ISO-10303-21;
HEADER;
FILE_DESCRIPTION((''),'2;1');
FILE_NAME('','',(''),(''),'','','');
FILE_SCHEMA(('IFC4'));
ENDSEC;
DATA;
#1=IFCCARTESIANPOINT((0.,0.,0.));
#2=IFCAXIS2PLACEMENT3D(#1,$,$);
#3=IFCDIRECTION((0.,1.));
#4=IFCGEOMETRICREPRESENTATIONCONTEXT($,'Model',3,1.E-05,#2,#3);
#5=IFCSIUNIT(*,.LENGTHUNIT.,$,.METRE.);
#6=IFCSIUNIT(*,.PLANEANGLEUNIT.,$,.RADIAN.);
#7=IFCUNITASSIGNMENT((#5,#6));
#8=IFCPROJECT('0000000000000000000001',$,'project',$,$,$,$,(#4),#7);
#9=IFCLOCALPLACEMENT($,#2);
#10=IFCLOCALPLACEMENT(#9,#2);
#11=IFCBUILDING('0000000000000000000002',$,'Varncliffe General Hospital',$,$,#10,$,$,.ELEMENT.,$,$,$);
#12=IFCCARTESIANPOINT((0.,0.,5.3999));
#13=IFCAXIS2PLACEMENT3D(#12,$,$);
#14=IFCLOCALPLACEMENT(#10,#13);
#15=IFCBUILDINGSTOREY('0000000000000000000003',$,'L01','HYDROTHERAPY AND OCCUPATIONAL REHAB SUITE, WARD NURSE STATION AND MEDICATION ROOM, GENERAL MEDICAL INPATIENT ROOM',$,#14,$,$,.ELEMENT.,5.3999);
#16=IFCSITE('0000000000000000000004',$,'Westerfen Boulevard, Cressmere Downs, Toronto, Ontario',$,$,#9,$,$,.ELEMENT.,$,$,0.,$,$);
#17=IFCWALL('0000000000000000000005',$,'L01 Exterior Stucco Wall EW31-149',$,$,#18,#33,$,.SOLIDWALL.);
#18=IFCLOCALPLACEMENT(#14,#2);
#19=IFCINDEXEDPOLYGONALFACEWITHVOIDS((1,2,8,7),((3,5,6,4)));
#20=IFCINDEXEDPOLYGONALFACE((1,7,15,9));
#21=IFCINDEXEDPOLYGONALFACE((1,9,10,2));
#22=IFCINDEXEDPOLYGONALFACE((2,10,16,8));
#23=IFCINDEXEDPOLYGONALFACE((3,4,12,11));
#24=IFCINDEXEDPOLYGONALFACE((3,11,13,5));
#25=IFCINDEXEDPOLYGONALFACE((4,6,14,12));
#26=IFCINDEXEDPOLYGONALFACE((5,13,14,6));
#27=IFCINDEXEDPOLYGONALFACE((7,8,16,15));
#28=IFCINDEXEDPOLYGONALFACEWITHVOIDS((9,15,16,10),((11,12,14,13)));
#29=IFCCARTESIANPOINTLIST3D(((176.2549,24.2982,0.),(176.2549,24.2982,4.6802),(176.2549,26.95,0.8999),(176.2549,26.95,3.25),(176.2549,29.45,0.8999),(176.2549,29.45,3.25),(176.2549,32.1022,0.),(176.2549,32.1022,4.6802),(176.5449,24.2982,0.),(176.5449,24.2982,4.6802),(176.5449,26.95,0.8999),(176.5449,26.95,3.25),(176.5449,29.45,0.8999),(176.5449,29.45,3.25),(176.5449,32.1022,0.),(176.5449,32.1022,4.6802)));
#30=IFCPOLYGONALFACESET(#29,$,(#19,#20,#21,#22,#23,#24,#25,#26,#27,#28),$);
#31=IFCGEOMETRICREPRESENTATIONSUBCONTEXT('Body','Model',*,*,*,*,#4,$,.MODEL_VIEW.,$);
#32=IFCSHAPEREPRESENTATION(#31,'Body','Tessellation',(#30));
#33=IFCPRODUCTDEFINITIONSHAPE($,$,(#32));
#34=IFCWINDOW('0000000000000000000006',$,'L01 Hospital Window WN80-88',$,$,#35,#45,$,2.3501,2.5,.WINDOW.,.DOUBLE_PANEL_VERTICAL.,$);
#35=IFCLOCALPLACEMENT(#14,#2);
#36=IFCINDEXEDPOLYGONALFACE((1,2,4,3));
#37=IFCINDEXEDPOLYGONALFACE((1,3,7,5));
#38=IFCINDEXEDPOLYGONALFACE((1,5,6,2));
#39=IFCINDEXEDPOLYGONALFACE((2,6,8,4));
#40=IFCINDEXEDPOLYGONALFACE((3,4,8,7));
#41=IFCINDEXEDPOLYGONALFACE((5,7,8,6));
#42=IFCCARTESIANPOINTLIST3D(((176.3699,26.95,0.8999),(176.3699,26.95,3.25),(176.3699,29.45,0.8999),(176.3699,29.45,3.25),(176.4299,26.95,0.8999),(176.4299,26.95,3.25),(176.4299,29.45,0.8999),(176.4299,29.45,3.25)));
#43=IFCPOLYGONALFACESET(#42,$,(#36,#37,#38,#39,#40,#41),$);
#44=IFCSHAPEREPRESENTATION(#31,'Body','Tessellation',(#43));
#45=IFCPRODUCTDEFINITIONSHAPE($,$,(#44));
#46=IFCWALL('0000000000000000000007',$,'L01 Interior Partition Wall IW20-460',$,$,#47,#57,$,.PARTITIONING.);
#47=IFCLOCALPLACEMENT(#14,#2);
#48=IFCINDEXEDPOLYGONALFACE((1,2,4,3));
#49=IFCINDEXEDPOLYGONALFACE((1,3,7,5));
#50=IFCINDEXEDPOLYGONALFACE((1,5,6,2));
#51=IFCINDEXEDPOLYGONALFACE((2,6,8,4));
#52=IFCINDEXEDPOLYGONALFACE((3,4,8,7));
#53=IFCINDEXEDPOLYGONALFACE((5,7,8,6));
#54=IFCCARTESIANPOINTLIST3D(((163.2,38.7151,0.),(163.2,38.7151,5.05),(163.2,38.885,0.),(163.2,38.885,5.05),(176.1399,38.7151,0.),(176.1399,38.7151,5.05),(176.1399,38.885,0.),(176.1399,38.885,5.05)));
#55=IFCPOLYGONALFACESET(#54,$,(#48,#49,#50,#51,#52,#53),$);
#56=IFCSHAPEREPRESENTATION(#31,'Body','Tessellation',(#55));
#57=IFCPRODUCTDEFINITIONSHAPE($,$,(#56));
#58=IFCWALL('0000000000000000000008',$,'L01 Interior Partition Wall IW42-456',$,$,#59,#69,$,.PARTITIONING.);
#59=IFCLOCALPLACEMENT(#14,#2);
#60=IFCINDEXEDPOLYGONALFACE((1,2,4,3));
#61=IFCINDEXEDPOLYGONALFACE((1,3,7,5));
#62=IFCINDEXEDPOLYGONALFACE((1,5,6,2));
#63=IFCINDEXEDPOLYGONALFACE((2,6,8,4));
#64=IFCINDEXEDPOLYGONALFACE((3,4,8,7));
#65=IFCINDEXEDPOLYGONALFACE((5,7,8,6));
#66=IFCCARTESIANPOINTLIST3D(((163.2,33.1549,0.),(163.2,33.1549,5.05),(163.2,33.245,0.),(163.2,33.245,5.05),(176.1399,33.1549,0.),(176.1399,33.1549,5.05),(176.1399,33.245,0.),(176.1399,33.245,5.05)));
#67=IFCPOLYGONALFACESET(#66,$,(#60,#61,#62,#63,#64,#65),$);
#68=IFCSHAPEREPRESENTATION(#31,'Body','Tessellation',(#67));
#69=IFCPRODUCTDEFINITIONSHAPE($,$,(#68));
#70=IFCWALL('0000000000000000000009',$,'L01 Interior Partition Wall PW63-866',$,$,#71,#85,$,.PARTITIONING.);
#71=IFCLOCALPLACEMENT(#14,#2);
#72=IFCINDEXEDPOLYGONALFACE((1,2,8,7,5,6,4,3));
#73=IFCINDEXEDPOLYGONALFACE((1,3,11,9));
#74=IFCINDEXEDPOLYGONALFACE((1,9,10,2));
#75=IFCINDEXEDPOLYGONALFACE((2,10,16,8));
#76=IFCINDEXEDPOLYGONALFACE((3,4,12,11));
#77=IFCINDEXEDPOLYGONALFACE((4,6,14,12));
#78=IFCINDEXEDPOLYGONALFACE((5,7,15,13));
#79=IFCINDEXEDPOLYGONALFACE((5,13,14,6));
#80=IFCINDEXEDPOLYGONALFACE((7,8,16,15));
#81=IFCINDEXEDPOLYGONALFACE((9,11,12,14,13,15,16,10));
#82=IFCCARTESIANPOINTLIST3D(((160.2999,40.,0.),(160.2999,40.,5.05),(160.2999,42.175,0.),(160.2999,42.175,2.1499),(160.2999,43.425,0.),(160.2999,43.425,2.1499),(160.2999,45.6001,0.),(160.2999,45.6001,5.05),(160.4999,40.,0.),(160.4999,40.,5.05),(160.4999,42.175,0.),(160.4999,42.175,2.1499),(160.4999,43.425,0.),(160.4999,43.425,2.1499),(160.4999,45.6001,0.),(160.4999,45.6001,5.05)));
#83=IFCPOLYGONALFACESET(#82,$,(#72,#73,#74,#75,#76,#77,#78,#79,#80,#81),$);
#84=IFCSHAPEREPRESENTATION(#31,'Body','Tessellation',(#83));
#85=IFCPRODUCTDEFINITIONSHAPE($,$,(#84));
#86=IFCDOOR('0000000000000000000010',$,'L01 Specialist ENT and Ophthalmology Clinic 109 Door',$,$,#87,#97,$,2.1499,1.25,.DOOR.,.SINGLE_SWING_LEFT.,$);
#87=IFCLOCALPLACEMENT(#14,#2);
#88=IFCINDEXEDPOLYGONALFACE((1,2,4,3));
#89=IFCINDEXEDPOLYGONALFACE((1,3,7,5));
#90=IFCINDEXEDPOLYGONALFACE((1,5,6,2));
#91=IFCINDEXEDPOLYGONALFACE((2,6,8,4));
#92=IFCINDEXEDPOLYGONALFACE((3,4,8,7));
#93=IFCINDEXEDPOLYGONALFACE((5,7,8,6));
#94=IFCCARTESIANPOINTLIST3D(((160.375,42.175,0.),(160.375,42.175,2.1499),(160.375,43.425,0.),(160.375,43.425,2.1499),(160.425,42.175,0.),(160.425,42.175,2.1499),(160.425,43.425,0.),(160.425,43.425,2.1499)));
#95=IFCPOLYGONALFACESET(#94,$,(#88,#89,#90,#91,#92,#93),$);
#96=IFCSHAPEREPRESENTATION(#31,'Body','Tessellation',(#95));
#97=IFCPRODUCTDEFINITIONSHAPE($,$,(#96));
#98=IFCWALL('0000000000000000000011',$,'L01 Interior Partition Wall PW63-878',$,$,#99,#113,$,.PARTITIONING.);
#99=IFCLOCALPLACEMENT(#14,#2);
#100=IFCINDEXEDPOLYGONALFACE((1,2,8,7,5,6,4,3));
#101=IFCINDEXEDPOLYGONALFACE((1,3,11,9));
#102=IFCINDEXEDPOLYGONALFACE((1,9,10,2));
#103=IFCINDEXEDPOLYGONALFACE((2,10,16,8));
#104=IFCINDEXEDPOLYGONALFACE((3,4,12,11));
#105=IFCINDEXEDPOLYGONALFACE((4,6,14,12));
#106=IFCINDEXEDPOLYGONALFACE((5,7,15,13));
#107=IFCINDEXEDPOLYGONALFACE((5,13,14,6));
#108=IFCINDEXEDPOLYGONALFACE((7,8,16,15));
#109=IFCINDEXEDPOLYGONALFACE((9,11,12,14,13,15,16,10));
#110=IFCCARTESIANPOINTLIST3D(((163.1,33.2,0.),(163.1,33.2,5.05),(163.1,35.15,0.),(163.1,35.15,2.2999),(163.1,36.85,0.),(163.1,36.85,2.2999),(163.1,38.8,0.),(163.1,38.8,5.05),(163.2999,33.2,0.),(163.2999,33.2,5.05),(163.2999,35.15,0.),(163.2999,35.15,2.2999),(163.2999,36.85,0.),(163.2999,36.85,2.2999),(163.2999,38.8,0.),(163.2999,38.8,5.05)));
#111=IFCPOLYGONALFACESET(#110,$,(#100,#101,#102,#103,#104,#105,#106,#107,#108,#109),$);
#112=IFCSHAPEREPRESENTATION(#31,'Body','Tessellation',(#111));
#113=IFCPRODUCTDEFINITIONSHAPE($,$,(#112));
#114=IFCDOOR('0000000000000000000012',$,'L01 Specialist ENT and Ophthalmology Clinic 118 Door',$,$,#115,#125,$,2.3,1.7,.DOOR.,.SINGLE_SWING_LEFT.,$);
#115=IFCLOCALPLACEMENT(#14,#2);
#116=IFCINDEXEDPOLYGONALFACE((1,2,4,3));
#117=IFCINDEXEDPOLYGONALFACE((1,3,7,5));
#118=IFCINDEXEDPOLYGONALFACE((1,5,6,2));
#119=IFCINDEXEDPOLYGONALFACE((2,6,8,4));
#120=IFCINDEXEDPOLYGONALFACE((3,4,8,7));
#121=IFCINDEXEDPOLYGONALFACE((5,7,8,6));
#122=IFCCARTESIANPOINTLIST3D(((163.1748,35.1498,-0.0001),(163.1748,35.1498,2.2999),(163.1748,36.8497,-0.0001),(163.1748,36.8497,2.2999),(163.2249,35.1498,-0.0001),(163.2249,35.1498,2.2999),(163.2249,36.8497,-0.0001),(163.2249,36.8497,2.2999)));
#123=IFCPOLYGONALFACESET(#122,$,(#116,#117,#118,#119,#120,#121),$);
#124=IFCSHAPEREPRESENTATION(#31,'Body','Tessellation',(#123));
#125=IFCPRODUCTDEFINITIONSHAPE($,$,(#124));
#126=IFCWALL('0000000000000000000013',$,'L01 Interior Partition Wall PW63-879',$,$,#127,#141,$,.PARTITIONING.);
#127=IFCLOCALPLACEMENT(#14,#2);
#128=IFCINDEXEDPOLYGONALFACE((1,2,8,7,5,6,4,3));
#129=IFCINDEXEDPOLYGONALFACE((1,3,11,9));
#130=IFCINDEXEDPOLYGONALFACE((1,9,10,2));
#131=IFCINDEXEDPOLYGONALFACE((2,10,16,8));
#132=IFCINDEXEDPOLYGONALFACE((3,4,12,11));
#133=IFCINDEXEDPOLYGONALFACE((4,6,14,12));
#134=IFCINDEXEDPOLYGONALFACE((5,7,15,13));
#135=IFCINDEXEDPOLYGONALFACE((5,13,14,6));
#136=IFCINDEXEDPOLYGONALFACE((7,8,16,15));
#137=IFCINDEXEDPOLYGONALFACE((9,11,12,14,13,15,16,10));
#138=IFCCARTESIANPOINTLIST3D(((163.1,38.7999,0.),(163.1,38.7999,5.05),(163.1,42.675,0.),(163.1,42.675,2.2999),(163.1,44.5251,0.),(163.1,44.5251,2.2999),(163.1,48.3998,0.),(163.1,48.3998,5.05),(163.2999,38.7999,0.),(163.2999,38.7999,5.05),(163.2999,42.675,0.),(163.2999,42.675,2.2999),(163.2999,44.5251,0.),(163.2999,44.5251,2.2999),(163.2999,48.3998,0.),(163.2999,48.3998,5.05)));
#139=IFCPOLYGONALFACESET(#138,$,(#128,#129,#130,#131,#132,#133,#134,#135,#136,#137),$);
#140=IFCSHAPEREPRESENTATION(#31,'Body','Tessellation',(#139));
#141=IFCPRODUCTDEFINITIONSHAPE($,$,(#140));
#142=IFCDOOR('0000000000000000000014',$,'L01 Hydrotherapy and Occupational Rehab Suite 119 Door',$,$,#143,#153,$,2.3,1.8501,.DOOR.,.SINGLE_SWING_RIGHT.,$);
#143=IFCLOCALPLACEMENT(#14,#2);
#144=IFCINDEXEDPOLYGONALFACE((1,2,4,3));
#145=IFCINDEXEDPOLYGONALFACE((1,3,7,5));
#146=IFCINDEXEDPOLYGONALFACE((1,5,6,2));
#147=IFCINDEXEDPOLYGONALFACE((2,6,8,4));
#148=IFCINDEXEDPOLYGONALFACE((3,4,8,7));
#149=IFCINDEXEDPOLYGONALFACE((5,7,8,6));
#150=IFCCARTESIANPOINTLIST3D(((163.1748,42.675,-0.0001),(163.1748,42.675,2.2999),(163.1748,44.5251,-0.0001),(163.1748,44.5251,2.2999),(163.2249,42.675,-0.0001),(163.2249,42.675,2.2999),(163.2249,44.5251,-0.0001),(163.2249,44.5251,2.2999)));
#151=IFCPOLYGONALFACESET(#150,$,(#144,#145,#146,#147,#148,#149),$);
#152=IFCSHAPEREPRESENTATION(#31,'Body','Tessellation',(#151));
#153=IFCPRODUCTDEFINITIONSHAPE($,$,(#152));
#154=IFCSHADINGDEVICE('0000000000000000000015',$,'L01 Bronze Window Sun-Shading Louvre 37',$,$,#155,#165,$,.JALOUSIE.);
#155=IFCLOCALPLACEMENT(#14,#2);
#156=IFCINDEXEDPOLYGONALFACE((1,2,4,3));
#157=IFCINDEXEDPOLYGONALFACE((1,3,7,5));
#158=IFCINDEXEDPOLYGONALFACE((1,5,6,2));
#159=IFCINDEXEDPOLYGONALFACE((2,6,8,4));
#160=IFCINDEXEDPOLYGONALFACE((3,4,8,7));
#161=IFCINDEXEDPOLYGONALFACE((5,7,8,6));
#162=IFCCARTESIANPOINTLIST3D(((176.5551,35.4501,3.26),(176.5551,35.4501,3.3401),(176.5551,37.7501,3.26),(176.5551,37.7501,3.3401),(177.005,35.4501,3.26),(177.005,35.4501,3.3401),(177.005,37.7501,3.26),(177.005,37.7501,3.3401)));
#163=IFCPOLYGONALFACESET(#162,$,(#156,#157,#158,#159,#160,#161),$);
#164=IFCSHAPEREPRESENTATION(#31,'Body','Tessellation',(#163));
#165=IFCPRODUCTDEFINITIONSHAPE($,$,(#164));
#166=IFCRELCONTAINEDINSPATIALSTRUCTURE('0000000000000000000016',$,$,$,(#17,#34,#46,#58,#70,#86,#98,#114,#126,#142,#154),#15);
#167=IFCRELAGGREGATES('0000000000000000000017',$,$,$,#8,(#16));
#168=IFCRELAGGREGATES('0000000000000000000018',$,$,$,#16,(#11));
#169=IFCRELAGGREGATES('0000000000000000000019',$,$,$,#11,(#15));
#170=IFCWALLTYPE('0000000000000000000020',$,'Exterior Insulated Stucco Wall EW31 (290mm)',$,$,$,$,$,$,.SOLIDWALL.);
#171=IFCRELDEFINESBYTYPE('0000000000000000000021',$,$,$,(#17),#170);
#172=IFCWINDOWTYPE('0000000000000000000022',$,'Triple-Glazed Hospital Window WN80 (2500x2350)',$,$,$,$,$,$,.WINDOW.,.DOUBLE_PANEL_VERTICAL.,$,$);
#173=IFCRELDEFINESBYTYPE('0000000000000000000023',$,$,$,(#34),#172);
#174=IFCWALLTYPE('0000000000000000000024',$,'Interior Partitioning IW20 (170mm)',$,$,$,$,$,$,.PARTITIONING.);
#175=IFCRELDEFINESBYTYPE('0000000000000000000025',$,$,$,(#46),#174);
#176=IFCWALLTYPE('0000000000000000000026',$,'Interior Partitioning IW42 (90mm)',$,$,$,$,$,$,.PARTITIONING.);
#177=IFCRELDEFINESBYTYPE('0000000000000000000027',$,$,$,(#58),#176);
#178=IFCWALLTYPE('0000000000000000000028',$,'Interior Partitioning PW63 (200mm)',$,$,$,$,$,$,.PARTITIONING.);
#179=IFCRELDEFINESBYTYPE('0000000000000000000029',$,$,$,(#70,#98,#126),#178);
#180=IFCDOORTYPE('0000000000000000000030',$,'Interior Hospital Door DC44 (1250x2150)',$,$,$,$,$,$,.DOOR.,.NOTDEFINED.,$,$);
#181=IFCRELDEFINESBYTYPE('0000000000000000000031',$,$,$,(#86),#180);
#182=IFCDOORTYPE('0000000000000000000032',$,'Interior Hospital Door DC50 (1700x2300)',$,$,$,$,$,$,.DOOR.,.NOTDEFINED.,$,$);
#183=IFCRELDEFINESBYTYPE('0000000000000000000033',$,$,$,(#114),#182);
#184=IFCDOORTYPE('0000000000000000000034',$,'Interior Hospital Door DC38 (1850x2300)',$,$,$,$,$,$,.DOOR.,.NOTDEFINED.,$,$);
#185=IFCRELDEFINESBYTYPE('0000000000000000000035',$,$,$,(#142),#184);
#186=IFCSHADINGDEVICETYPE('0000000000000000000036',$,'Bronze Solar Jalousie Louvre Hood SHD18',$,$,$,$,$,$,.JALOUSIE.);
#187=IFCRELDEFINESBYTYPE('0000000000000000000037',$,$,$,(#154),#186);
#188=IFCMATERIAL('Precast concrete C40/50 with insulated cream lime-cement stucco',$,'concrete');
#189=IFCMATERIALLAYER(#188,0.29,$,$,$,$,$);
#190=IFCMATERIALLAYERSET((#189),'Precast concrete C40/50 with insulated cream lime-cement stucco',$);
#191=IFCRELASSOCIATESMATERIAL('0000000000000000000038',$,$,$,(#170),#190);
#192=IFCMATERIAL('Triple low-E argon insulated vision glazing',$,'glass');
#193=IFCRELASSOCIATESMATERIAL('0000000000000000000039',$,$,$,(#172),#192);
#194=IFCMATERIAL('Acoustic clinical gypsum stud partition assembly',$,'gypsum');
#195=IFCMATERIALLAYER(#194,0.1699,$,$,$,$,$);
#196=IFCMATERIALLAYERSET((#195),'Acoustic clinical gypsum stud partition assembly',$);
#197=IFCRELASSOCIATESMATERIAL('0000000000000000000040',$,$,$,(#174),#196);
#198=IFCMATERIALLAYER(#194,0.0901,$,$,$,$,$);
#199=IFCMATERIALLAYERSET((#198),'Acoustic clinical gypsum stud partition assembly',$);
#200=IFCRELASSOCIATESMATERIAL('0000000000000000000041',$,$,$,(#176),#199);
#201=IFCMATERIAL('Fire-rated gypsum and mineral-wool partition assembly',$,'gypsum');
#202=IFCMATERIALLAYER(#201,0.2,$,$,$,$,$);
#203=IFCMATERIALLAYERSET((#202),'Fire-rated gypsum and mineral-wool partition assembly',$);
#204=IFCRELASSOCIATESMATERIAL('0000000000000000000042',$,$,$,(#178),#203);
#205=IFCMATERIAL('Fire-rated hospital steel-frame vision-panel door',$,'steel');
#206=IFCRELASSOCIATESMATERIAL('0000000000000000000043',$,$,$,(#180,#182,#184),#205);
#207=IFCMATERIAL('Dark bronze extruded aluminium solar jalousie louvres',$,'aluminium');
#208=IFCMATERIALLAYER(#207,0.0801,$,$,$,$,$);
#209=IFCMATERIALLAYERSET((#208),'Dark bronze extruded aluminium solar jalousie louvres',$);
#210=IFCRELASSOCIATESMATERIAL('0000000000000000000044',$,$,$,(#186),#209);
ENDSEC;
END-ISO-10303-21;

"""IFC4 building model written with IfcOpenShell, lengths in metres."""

from ifc_helpers import new_model, si_unit, direction, frame, frame_2d, origin, origin_2d, place, context, subcontext, project, spatial, rectangle, extrude, material, layer, layer_set, type_object, element, fill, save


model = new_model("IFC4")

# Units and contexts
model_context = context("Model", 3, precision=1e-05, world=origin(), true_north=direction((0.0, 1.0)))
body_context = subcontext(model_context, "Body", "Model", "MODEL_VIEW")
ifc_project = project(units=[si_unit("LENGTHUNIT", "METRE"), si_unit("PLANEANGLEUNIT", "RADIAN")], contexts=[model_context])

# Site, building, storey
site_placement = place(None, origin())
site = spatial("IfcSite", under=ifc_project, at=site_placement, Name="Westerfen Boulevard, Cressmere Downs, Toronto, Ontario", CompositionType="ELEMENT", RefElevation=0.0)
building_placement = place(site_placement, origin())
building = spatial("IfcBuilding", under=site, at=building_placement, Name="Varncliffe General Hospital", CompositionType="ELEMENT")
storey_placement = place(building_placement, frame((0.0, 0.0, 5.3999)))
storey = spatial("IfcBuildingStorey", under=building, at=storey_placement, Name="L01", Description="HYDROTHERAPY AND OCCUPATIONAL REHAB SUITE, WARD NURSE STATION AND MEDICATION ROOM, GENERAL MEDICAL INPATIENT ROOM", CompositionType="ELEMENT", Elevation=5.3999)

# Wall, opening, window
ifc_material_1 = material(Name="Precast concrete C40/50 with insulated cream lime-cement stucco", Category="concrete")
ifc_material_2 = material(Name="Triple low-E argon insulated vision glazing", Category="glass")
ifc_layer_1 = layer(ifc_material_1, 0.29)
ifc_layer_set_1 = layer_set([ifc_layer_1], Name="Precast concrete C40/50 with insulated cream lime-cement stucco")
wall_type_1 = type_object("IfcWallType", Name="Exterior Insulated Stucco Wall EW31 (290mm)", PredefinedType="SOLIDWALL", material=ifc_layer_set_1)
wall_1_placement = place(storey_placement, frame((176.3999, 32.1021, 0.0), z_axis=(0.0, 0.0, 1.0), x_axis=(0.0, -1.0, 0.0)))
wall_1 = element("IfcWall", 1, at=wall_1_placement, inside=storey, type_object=wall_type_1, Name="L01 Exterior Stucco Wall EW31-149", PredefinedType="SOLIDWALL", context=body_context, shape_type="SweptSolid", body=[
    extrude(rectangle(XDim=7.804, YDim=0.29, at=frame_2d((3.9019, 0.0))), origin(), (0.0, 0.0, 1.0), 4.6802),
])
opening_1_placement = place(wall_1_placement, frame((2.6521, 0.0, 0.8999)))
opening_1 = element("IfcOpeningElement", 2, at=opening_1_placement, cuts=wall_1, PredefinedType="OPENING", context=body_context, shape_type="SweptSolid", body=[
    extrude(rectangle(XDim=2.5, YDim=2.3501, at=frame_2d((1.25, 1.175))), frame((0.0, 0.155, 0.0), z_axis=(0.0, -1.0, 0.0), x_axis=(1.0, 0.0, 0.0)), (0.0, 0.0, 1.0), 0.3101),
])
window_type_1 = type_object("IfcWindowType", Name="Triple-Glazed Hospital Window WN80 (2500x2350)", PartitioningType="DOUBLE_PANEL_VERTICAL", PredefinedType="WINDOW", material=ifc_material_2)
window_1_placement = place(opening_1_placement, origin())
window_1 = element("IfcWindow", 3, at=window_1_placement, inside=storey, type_object=window_type_1, Name="L01 Hospital Window WN80-88", OverallHeight=2.3501, OverallWidth=2.5, PartitioningType="DOUBLE_PANEL_VERTICAL", PredefinedType="WINDOW", context=body_context, shape_type="SweptSolid", body=[
    extrude(rectangle(XDim=2.5, YDim=2.3501, at=frame_2d((1.25, 1.175))), frame((0.0, 0.03, 0.0), z_axis=(0.0, -1.0, 0.0), x_axis=(1.0, 0.0, 0.0)), (0.0, 0.0, 1.0), 0.0601),
])
fill(opening_1, window_1)

# Walls
ifc_material_3 = material(Name="Acoustic clinical gypsum stud partition assembly", Category="gypsum")
ifc_layer_2 = layer(ifc_material_3, 0.1699)
ifc_layer_set_2 = layer_set([ifc_layer_2], Name="Acoustic clinical gypsum stud partition assembly")
wall_type_2 = type_object("IfcWallType", Name="Interior Partitioning IW20 (170mm)", PredefinedType="PARTITIONING", material=ifc_layer_set_2)
wall_2_placement = place(storey_placement, frame((163.2, 38.8, 0.0), z_axis=(0.0, 0.0, 1.0), x_axis=(1.0, 0.0, 0.0)))
element("IfcWall", 4, at=wall_2_placement, inside=storey, type_object=wall_type_2, Name="L01 Interior Partition Wall IW20-460", PredefinedType="PARTITIONING", context=body_context, shape_type="SweptSolid", body=[
    extrude(rectangle(XDim=12.9399, YDim=0.1699, at=frame_2d((6.47, 0.0))), origin(), (0.0, 0.0, 1.0), 5.05),
])
ifc_layer_3 = layer(ifc_material_3, 0.0901)
ifc_layer_set_3 = layer_set([ifc_layer_3], Name="Acoustic clinical gypsum stud partition assembly")
wall_type_3 = type_object("IfcWallType", Name="Interior Partitioning IW42 (90mm)", PredefinedType="PARTITIONING", material=ifc_layer_set_3)
wall_3_placement = place(storey_placement, frame((163.2, 33.2, 0.0), z_axis=(0.0, 0.0, 1.0), x_axis=(1.0, 0.0, 0.0)))
element("IfcWall", 5, at=wall_3_placement, inside=storey, type_object=wall_type_3, Name="L01 Interior Partition Wall IW42-456", PredefinedType="PARTITIONING", context=body_context, shape_type="SweptSolid", body=[
    extrude(rectangle(XDim=12.9399, YDim=0.0901, at=frame_2d((6.47, 0.0))), origin(), (0.0, 0.0, 1.0), 5.05),
])

# Walls, openings, doors
ifc_material_4 = material(Name="Fire-rated gypsum and mineral-wool partition assembly", Category="gypsum")
ifc_layer_4 = layer(ifc_material_4, 0.2)
ifc_layer_set_4 = layer_set([ifc_layer_4], Name="Fire-rated gypsum and mineral-wool partition assembly")
wall_type_4 = type_object("IfcWallType", Name="Interior Partitioning PW63 (200mm)", PredefinedType="PARTITIONING", material=ifc_layer_set_4)
wall_4_placement = place(storey_placement, frame((160.3999, 40.0, 0.0), z_axis=(0.0, 0.0, 1.0), x_axis=(0.0, 1.0, 0.0)))
wall_4 = element("IfcWall", 6, at=wall_4_placement, inside=storey, type_object=wall_type_4, Name="L01 Interior Partition Wall PW63-866", PredefinedType="PARTITIONING", context=body_context, shape_type="SweptSolid", body=[
    extrude(rectangle(XDim=5.6001, YDim=0.2, at=frame_2d((2.8, 0.0))), origin(), (0.0, 0.0, 1.0), 5.05),
])
opening_2_placement = place(wall_4_placement, frame((2.175, 0.0, 0.0)))
opening_2 = element("IfcOpeningElement", 7, at=opening_2_placement, cuts=wall_4, PredefinedType="OPENING", context=body_context, shape_type="SweptSolid", body=[
    extrude(rectangle(XDim=1.25, YDim=2.1499, at=frame_2d((0.625, 1.075))), frame((0.0, 0.1099, 0.0), z_axis=(0.0, -1.0, 0.0), x_axis=(1.0, 0.0, 0.0)), (0.0, 0.0, 1.0), 0.22),
])
ifc_material_5 = material(Name="Fire-rated hospital steel-frame vision-panel door", Category="steel")
door_type_1 = type_object("IfcDoorType", Name="Interior Hospital Door DC44 (1250x2150)", OperationType="NOTDEFINED", PredefinedType="DOOR", material=ifc_material_5)
door_1_placement = place(opening_2_placement, origin())
door_1 = element("IfcDoor", 8, at=door_1_placement, inside=storey, type_object=door_type_1, Name="L01 Specialist ENT and Ophthalmology Clinic 109 Door", OperationType="SINGLE_SWING_LEFT", OverallHeight=2.1499, OverallWidth=1.25, PredefinedType="DOOR", context=body_context, shape_type="SweptSolid", body=[
    extrude(rectangle(XDim=1.25, YDim=2.1499, at=frame_2d((0.625, 1.075))), frame((0.0, 0.0249, 0.0), z_axis=(0.0, -1.0, 0.0), x_axis=(1.0, 0.0, 0.0)), (0.0, 0.0, 1.0), 0.05),
])
fill(opening_2, door_1)
wall_5_placement = place(storey_placement, frame((163.2, 33.2, 0.0), z_axis=(0.0, 0.0, 1.0), x_axis=(0.0, 1.0, 0.0)))
wall_5 = element("IfcWall", 9, at=wall_5_placement, inside=storey, type_object=wall_type_4, Name="L01 Interior Partition Wall PW63-878", PredefinedType="PARTITIONING", context=body_context, shape_type="SweptSolid", body=[
    extrude(rectangle(XDim=5.6001, YDim=0.2, at=frame_2d((2.8, 0.0))), origin(), (0.0, 0.0, 1.0), 5.05),
])
opening_3_placement = place(wall_5_placement, frame((1.95, 0.0, 0.0)))
opening_3 = element("IfcOpeningElement", 10, at=opening_3_placement, cuts=wall_5, PredefinedType="OPENING", context=body_context, shape_type="SweptSolid", body=[
    extrude(rectangle(XDim=1.7, YDim=2.3, at=frame_2d((0.8501, 1.1499))), frame((0.0, 0.1099, 0.0), z_axis=(0.0, -1.0, 0.0), x_axis=(1.0, 0.0, 0.0)), (0.0, 0.0, 1.0), 0.22),
])
door_type_2 = type_object("IfcDoorType", Name="Interior Hospital Door DC50 (1700x2300)", OperationType="NOTDEFINED", PredefinedType="DOOR", material=ifc_material_5)
door_2_placement = place(opening_3_placement, frame((1.7, 0.0, 0.0), z_axis=(0.0, 0.0, 1.0), x_axis=(-1.0, 0.0, 0.0)))
door_2 = element("IfcDoor", 11, at=door_2_placement, inside=storey, type_object=door_type_2, Name="L01 Specialist ENT and Ophthalmology Clinic 118 Door", OperationType="SINGLE_SWING_LEFT", OverallHeight=2.3, OverallWidth=1.7, PredefinedType="DOOR", context=body_context, shape_type="SweptSolid", body=[
    extrude(rectangle(XDim=1.7, YDim=2.3, at=frame_2d((0.8501, 1.1499))), frame((0.0, 0.0249, 0.0), z_axis=(0.0, -1.0, 0.0), x_axis=(1.0, 0.0, 0.0)), (0.0, 0.0, 1.0), 0.05),
])
fill(opening_3, door_2)
wall_6_placement = place(storey_placement, frame((163.2, 38.8, 0.0), z_axis=(0.0, 0.0, 1.0), x_axis=(0.0, 1.0, 0.0)))
wall_6 = element("IfcWall", 12, at=wall_6_placement, inside=storey, type_object=wall_type_4, Name="L01 Interior Partition Wall PW63-879", PredefinedType="PARTITIONING", context=body_context, shape_type="SweptSolid", body=[
    extrude(rectangle(XDim=9.5999, YDim=0.2, at=frame_2d((4.7998, 0.0))), origin(), (0.0, 0.0, 1.0), 5.05),
])
opening_4_placement = place(wall_6_placement, frame((3.875, 0.0, 0.0)))
opening_4 = element("IfcOpeningElement", 13, at=opening_4_placement, cuts=wall_6, PredefinedType="OPENING", context=body_context, shape_type="SweptSolid", body=[
    extrude(rectangle(XDim=1.8501, YDim=2.3, at=frame_2d((0.925, 1.1499))), frame((0.0, 0.1099, 0.0), z_axis=(0.0, -1.0, 0.0), x_axis=(1.0, 0.0, 0.0)), (0.0, 0.0, 1.0), 0.22),
])
door_type_3 = type_object("IfcDoorType", Name="Interior Hospital Door DC38 (1850x2300)", OperationType="NOTDEFINED", PredefinedType="DOOR", material=ifc_material_5)
door_3_placement = place(opening_4_placement, frame((1.8501, 0.0, 0.0), z_axis=(0.0, 0.0, 1.0), x_axis=(-1.0, 0.0, 0.0)))
door_3 = element("IfcDoor", 14, at=door_3_placement, inside=storey, type_object=door_type_3, Name="L01 Hydrotherapy and Occupational Rehab Suite 119 Door", OperationType="SINGLE_SWING_RIGHT", OverallHeight=2.3, OverallWidth=1.8501, PredefinedType="DOOR", context=body_context, shape_type="SweptSolid", body=[
    extrude(rectangle(XDim=1.8501, YDim=2.3, at=frame_2d((0.925, 1.1499))), frame((0.0, 0.0249, 0.0), z_axis=(0.0, -1.0, 0.0), x_axis=(1.0, 0.0, 0.0)), (0.0, 0.0, 1.0), 0.05),
])
fill(opening_4, door_3)

# Shading device
ifc_material_6 = material(Name="Dark bronze extruded aluminium solar jalousie louvres", Category="aluminium")
ifc_layer_5 = layer(ifc_material_6, 0.0801)
ifc_layer_set_5 = layer_set([ifc_layer_5], Name="Dark bronze extruded aluminium solar jalousie louvres")
shading_device_type = type_object("IfcShadingDeviceType", Name="Bronze Solar Jalousie Louvre Hood SHD18", PredefinedType="JALOUSIE", material=ifc_layer_set_5)
shading_device_1_placement = place(storey_placement, frame((176.78, 36.6001, 3.26), z_axis=(0.0, 0.0, 1.0), x_axis=(0.0, -1.0, 0.0)))
element("IfcShadingDevice", 15, at=shading_device_1_placement, inside=storey, type_object=shading_device_type, Name="L01 Bronze Window Sun-Shading Louvre 37", PredefinedType="JALOUSIE", context=body_context, shape_type="SweptSolid", body=[
    extrude(rectangle(XDim=2.3, YDim=0.45, at=origin_2d()), origin(), (0.0, 0.0, 1.0), 0.0801),
])

save(model, "model.ifc")
